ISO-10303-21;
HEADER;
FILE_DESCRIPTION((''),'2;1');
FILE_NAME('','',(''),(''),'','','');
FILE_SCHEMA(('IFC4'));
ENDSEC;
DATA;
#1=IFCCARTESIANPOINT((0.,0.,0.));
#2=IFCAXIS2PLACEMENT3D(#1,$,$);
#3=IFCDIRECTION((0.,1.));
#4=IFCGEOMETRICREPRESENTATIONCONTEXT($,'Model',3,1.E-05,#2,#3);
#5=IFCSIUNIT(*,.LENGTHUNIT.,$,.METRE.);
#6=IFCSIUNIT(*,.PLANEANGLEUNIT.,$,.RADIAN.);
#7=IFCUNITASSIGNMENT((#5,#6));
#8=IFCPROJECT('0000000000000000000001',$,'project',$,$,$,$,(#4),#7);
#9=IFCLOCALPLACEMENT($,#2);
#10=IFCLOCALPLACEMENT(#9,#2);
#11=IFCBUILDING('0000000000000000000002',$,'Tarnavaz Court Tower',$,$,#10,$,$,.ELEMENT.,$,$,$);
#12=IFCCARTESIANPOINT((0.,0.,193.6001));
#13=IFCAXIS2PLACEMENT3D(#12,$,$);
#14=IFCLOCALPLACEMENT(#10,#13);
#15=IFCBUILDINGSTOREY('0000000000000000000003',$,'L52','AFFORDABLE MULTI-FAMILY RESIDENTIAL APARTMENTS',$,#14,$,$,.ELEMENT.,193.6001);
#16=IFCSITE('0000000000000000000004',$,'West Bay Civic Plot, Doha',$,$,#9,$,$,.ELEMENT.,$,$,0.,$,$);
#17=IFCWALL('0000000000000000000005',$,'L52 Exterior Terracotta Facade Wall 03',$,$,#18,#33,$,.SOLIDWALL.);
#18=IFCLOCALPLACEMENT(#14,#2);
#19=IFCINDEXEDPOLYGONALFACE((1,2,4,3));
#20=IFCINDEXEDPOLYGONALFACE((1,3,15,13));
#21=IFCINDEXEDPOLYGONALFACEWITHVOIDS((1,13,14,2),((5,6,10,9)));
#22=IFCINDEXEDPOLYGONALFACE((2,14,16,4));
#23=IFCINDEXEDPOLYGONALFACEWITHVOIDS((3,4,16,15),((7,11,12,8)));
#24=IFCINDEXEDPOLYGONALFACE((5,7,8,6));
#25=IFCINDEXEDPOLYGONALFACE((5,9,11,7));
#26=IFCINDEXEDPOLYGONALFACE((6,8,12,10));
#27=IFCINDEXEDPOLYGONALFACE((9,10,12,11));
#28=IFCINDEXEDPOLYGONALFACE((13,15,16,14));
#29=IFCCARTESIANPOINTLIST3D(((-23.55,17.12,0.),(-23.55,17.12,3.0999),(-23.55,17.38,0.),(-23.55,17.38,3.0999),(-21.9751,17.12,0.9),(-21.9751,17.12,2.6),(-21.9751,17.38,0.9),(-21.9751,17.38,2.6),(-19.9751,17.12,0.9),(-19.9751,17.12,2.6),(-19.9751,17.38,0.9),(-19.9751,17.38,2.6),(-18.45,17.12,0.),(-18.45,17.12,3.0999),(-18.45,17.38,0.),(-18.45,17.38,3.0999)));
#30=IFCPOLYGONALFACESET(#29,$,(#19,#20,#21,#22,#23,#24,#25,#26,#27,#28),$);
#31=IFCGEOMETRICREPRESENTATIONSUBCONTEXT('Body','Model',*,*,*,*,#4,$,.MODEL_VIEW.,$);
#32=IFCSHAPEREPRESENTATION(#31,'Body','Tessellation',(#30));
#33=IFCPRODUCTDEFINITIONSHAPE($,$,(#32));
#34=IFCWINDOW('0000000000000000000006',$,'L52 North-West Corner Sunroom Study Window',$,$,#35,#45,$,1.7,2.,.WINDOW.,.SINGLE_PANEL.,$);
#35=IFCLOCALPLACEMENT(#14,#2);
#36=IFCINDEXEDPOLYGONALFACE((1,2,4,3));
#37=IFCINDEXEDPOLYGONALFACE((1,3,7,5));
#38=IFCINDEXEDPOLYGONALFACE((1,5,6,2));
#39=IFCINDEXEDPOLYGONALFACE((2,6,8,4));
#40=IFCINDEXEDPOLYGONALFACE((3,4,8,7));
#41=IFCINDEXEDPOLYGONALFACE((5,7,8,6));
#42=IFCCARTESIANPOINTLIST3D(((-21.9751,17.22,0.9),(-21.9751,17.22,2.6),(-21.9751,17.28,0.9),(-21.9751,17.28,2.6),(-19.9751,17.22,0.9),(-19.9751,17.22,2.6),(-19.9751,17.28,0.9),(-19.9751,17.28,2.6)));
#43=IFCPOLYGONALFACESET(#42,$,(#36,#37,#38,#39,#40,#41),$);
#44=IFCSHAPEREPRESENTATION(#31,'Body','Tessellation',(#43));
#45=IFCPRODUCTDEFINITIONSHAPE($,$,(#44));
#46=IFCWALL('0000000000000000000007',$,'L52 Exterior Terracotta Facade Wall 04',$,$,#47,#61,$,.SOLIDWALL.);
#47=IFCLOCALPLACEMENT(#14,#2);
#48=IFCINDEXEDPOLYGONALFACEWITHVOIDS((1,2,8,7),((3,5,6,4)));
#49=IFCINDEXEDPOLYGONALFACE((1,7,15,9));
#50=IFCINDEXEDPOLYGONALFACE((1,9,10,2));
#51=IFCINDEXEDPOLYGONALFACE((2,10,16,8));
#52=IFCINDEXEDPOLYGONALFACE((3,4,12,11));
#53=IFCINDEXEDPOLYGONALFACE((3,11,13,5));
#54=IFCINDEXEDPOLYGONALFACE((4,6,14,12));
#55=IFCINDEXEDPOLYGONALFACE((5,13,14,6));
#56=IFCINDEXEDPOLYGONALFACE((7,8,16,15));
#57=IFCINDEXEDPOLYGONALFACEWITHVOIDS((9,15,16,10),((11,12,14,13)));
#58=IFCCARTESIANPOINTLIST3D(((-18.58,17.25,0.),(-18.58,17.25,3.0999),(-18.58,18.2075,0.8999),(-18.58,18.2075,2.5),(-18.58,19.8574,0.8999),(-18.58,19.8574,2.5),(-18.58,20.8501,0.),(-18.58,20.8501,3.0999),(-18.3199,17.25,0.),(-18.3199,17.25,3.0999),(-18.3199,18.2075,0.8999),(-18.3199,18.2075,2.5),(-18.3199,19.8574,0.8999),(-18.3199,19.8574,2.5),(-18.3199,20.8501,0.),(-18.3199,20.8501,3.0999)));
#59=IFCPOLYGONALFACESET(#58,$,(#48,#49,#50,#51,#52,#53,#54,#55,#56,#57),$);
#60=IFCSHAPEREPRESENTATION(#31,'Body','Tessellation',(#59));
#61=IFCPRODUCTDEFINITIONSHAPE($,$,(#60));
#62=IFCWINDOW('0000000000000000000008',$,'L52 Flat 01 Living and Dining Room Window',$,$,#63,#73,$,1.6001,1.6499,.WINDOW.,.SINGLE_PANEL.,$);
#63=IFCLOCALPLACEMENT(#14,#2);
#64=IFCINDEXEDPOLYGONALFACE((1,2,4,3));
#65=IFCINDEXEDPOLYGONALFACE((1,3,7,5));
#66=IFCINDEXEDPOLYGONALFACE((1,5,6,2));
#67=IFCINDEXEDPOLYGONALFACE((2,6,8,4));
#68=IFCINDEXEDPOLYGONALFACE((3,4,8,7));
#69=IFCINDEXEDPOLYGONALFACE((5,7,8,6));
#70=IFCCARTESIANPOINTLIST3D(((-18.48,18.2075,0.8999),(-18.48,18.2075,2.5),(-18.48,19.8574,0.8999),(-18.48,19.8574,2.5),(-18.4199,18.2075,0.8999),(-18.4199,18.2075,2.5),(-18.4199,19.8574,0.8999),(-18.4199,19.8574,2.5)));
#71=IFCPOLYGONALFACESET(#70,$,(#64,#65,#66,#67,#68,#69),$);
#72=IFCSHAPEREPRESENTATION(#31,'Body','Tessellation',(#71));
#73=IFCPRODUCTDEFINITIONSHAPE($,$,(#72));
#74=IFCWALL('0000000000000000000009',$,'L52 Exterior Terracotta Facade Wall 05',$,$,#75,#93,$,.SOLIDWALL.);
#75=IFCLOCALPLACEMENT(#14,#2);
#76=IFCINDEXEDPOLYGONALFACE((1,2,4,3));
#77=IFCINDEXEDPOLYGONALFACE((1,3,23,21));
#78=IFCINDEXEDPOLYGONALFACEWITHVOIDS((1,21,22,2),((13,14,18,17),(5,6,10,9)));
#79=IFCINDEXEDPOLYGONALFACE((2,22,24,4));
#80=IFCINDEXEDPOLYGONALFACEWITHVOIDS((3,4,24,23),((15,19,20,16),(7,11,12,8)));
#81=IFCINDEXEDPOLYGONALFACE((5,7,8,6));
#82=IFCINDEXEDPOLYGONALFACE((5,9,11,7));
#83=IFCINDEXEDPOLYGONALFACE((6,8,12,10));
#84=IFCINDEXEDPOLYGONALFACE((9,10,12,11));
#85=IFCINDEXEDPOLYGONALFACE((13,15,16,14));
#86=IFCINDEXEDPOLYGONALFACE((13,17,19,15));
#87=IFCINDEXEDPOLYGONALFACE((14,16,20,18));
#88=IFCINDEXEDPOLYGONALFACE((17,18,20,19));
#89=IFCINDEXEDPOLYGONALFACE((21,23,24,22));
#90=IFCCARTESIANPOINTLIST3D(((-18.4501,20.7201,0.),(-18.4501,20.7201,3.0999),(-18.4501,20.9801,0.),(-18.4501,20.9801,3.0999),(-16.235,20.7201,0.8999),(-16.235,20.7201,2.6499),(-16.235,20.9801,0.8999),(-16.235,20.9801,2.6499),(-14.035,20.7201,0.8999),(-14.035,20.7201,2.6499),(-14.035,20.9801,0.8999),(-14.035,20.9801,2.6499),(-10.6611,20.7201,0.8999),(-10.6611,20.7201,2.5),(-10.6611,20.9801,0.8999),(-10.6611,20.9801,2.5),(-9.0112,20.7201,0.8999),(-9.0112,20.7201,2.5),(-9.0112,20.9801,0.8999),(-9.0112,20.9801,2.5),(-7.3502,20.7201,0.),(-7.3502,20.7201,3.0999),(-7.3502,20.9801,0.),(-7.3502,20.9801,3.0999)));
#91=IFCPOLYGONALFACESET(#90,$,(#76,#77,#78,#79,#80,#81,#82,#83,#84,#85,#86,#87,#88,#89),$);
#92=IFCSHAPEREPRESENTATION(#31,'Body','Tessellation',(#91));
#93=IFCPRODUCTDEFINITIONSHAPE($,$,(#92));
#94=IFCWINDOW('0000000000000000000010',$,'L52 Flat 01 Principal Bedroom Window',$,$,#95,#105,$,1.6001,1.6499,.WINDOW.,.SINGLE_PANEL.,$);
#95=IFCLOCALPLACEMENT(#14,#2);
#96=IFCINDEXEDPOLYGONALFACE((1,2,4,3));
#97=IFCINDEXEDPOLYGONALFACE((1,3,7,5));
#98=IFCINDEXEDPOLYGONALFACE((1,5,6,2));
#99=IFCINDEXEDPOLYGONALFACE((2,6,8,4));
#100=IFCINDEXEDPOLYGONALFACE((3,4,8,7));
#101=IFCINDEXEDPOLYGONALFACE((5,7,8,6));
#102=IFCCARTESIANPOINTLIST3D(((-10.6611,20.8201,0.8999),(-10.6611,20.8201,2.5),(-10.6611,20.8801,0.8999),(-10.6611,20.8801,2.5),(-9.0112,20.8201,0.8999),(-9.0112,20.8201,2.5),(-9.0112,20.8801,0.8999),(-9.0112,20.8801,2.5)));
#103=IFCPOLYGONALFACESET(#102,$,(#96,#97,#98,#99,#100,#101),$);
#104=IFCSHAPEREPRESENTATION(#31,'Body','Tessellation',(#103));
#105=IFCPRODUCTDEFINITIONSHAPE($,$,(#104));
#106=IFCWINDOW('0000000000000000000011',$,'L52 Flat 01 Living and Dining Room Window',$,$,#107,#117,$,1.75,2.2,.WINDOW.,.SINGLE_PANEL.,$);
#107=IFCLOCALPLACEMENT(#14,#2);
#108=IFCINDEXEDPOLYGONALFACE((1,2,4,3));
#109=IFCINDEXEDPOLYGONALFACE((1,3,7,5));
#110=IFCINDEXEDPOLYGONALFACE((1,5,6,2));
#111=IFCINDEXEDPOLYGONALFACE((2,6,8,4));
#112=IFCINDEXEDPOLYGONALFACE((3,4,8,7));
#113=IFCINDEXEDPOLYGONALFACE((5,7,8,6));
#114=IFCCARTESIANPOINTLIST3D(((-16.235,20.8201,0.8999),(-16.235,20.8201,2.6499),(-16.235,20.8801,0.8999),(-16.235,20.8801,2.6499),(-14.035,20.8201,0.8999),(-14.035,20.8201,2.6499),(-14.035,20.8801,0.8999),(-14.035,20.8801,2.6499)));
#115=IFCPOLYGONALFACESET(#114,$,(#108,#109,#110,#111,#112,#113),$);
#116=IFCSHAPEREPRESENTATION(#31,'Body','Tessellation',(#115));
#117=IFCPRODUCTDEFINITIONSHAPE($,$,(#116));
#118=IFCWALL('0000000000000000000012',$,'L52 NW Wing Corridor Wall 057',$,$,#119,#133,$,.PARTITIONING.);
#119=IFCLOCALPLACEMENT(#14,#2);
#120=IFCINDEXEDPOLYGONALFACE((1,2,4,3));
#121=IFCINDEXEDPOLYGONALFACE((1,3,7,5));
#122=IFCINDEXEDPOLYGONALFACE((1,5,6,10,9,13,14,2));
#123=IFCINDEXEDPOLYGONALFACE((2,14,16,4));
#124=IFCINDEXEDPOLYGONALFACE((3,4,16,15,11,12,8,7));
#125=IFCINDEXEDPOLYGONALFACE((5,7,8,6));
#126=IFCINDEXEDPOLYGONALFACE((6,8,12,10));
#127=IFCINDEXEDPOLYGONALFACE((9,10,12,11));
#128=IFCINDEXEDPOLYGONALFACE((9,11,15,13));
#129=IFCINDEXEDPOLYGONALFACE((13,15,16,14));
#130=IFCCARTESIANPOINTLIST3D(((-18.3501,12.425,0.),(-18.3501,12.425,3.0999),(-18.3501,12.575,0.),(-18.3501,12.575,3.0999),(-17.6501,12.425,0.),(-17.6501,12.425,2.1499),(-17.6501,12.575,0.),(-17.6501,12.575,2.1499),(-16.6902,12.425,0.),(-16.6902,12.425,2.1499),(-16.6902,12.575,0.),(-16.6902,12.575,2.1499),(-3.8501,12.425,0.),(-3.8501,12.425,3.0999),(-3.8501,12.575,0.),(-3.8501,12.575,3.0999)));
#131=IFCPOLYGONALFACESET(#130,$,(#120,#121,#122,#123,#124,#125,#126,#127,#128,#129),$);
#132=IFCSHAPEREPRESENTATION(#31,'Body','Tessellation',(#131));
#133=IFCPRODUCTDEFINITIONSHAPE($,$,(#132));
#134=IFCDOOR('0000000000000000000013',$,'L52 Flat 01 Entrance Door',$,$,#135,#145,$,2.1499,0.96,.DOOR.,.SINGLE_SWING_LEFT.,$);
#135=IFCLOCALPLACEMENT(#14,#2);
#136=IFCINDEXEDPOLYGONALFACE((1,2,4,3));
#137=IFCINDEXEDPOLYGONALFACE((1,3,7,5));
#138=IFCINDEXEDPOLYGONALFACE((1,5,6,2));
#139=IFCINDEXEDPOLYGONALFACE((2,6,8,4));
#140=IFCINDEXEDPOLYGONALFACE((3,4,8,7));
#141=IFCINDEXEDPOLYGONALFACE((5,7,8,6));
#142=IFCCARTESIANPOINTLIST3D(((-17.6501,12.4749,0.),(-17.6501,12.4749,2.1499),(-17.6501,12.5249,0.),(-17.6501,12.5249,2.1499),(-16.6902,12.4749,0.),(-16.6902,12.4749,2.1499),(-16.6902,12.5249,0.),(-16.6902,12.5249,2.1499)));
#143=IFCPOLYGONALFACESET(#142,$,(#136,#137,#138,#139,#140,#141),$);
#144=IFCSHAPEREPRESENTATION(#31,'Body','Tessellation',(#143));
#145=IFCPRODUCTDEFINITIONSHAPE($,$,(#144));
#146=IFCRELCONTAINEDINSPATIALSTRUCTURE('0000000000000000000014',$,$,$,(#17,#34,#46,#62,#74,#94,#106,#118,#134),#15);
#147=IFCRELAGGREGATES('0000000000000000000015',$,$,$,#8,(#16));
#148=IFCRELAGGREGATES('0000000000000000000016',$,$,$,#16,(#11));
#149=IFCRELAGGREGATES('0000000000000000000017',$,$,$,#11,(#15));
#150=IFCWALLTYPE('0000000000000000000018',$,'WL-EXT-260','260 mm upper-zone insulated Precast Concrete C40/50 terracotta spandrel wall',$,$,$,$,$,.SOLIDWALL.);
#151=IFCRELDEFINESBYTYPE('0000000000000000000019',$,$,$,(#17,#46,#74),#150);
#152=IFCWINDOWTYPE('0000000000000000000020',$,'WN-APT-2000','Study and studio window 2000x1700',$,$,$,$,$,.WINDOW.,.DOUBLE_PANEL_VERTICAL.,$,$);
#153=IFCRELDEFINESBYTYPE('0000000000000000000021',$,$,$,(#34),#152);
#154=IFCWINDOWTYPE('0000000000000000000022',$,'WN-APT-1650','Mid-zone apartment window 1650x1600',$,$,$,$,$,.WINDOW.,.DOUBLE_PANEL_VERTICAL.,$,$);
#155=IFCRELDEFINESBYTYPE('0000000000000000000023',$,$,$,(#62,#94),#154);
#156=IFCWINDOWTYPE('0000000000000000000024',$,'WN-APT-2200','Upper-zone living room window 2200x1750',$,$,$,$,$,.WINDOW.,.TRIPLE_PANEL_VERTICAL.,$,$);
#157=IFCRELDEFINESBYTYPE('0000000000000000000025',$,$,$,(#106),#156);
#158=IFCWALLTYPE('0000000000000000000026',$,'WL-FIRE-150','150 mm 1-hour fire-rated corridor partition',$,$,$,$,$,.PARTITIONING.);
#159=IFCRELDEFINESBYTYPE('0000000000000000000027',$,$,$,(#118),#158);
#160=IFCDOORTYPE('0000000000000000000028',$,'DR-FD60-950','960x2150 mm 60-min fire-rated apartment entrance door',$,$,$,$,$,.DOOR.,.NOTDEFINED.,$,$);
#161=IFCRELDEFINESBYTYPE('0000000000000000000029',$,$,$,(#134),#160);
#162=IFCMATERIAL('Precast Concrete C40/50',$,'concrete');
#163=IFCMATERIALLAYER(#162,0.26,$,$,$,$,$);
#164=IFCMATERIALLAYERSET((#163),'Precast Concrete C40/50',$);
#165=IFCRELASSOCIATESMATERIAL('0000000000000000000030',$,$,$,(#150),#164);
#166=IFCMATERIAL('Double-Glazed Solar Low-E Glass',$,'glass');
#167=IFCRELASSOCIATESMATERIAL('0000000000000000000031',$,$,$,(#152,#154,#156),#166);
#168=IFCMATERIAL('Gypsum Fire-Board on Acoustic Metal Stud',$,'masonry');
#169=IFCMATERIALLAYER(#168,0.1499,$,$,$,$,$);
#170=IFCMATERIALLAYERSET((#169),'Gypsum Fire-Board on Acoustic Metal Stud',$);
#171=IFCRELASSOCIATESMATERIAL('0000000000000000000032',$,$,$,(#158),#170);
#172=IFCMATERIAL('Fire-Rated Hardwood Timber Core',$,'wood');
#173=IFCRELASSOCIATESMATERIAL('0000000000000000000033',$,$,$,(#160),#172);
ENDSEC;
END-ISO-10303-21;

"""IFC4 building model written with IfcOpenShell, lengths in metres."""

from ifc_helpers import new_model, si_unit, direction, frame, frame_2d, origin, place, context, subcontext, project, spatial, rectangle, extrude, material, layer, layer_set, type_object, element, fill, save


model = new_model("IFC4")

# Units and contexts
model_context = context("Model", 3, precision=1e-05, world=origin(), true_north=direction((0.0, 1.0)))
body_context = subcontext(model_context, "Body", "Model", "MODEL_VIEW")
ifc_project = project(units=[si_unit("LENGTHUNIT", "METRE"), si_unit("PLANEANGLEUNIT", "RADIAN")], contexts=[model_context])

# Site, building, storey
site_placement = place(None, origin())
site = spatial("IfcSite", under=ifc_project, at=site_placement, Name="West Bay Civic Plot, Doha", CompositionType="ELEMENT", RefElevation=0.0)
building_placement = place(site_placement, origin())
building = spatial("IfcBuilding", under=site, at=building_placement, Name="Tarnavaz Court Tower", CompositionType="ELEMENT")
storey_placement = place(building_placement, frame((0.0, 0.0, 193.6001)))
storey = spatial("IfcBuildingStorey", under=building, at=storey_placement, Name="L52", Description="AFFORDABLE MULTI-FAMILY RESIDENTIAL APARTMENTS", CompositionType="ELEMENT", Elevation=193.6001)

# Walls, openings, windows
ifc_material_1 = material(Name="Precast Concrete C40/50", Category="concrete")
ifc_layer_1 = layer(ifc_material_1, 0.26)
ifc_layer_set_1 = layer_set([ifc_layer_1], Name="Precast Concrete C40/50")
wall_type_1 = type_object("IfcWallType", Name="WL-EXT-260", Description="260 mm upper-zone insulated Precast Concrete C40/50 terracotta spandrel wall", PredefinedType="SOLIDWALL", material=ifc_layer_set_1)
wall_1_placement = place(storey_placement, frame((-23.55, 17.25, 0.0), z_axis=(0.0, 0.0, 1.0), x_axis=(1.0, 0.0, 0.0)))
wall_1 = element("IfcWall", 1, at=wall_1_placement, inside=storey, type_object=wall_type_1, Name="L52 Exterior Terracotta Facade Wall 03", PredefinedType="SOLIDWALL", context=body_context, shape_type="SweptSolid", body=[
    extrude(rectangle(XDim=5.1001, YDim=0.26, at=frame_2d((2.55, 0.0))), origin(), (0.0, 0.0, 1.0), 3.0999),
])
opening_1_placement = place(wall_1_placement, frame((1.575, 0.0, 0.8999)))
opening_1 = element("IfcOpeningElement", 2, at=opening_1_placement, cuts=wall_1, PredefinedType="OPENING", context=body_context, shape_type="SweptSolid", body=[
    extrude(rectangle(XDim=2.0, YDim=1.7, at=frame_2d((1.0, 0.8501))), frame((0.0, 0.1399, 0.0), z_axis=(0.0, -1.0, 0.0), x_axis=(1.0, 0.0, 0.0)), (0.0, 0.0, 1.0), 0.28),
])
ifc_material_2 = material(Name="Double-Glazed Solar Low-E Glass", Category="glass")
window_type_1 = type_object("IfcWindowType", Name="WN-APT-2000", Description="Study and studio window 2000x1700", PartitioningType="DOUBLE_PANEL_VERTICAL", PredefinedType="WINDOW", material=ifc_material_2)
window_1_placement = place(opening_1_placement, origin())
window_1 = element("IfcWindow", 3, at=window_1_placement, inside=storey, type_object=window_type_1, Name="L52 North-West Corner Sunroom Study Window", OverallHeight=1.7, OverallWidth=2.0, PartitioningType="SINGLE_PANEL", PredefinedType="WINDOW", context=body_context, shape_type="SweptSolid", body=[
    extrude(rectangle(XDim=2.0, YDim=1.7, at=frame_2d((1.0, 0.8501))), frame((0.0, 0.03, 0.0), z_axis=(0.0, -1.0, 0.0), x_axis=(1.0, 0.0, 0.0)), (0.0, 0.0, 1.0), 0.0601),
])
fill(opening_1, window_1)
wall_2_placement = place(storey_placement, frame((-18.45, 17.25, 0.0), z_axis=(0.0, 0.0, 1.0), x_axis=(0.0, 1.0, 0.0)))
wall_2 = element("IfcWall", 4, at=wall_2_placement, inside=storey, type_object=wall_type_1, Name="L52 Exterior Terracotta Facade Wall 04", PredefinedType="SOLIDWALL", context=body_context, shape_type="SweptSolid", body=[
    extrude(rectangle(XDim=3.6001, YDim=0.26, at=frame_2d((1.8, 0.0))), origin(), (0.0, 0.0, 1.0), 3.0999),
])
opening_2_placement = place(wall_2_placement, frame((0.9575, 0.0, 0.8999)))
opening_2 = element("IfcOpeningElement", 5, at=opening_2_placement, cuts=wall_2, PredefinedType="OPENING", context=body_context, shape_type="SweptSolid", body=[
    extrude(rectangle(XDim=1.6499, YDim=1.6001, at=frame_2d((0.825, 0.8))), frame((0.0, 0.1399, 0.0), z_axis=(0.0, -1.0, 0.0), x_axis=(1.0, 0.0, 0.0)), (0.0, 0.0, 1.0), 0.28),
])
window_type_2 = type_object("IfcWindowType", Name="WN-APT-1650", Description="Mid-zone apartment window 1650x1600", PartitioningType="DOUBLE_PANEL_VERTICAL", PredefinedType="WINDOW", material=ifc_material_2)
window_2_placement = place(opening_2_placement, origin())
window_2 = element("IfcWindow", 6, at=window_2_placement, inside=storey, type_object=window_type_2, Name="L52 Flat 01 Living and Dining Room Window", OverallHeight=1.6001, OverallWidth=1.6499, PartitioningType="SINGLE_PANEL", PredefinedType="WINDOW", context=body_context, shape_type="SweptSolid", body=[
    extrude(rectangle(XDim=1.6499, YDim=1.6001, at=frame_2d((0.825, 0.8))), frame((0.0, 0.03, 0.0), z_axis=(0.0, -1.0, 0.0), x_axis=(1.0, 0.0, 0.0)), (0.0, 0.0, 1.0), 0.0601),
])
fill(opening_2, window_2)

# Wall, openings, windows
wall_3_placement = place(storey_placement, frame((-18.45, 20.8501, 0.0), z_axis=(0.0, 0.0, 1.0), x_axis=(1.0, 0.0, 0.0)))
wall_3 = element("IfcWall", 7, at=wall_3_placement, inside=storey, type_object=wall_type_1, Name="L52 Exterior Terracotta Facade Wall 05", PredefinedType="SOLIDWALL", context=body_context, shape_type="SweptSolid", body=[
    extrude(rectangle(XDim=11.0999, YDim=0.26, at=frame_2d((5.5498, 0.0))), origin(), (0.0, 0.0, 1.0), 3.0999),
])
opening_3_placement = place(wall_3_placement, frame((2.2148, 0.0, 0.8999)))
opening_3 = element("IfcOpeningElement", 8, at=opening_3_placement, cuts=wall_3, PredefinedType="OPENING", context=body_context, shape_type="SweptSolid", body=[
    extrude(rectangle(XDim=2.2, YDim=1.75, at=frame_2d((1.1001, 0.875))), frame((0.0, 0.1399, 0.0), z_axis=(0.0, -1.0, 0.0), x_axis=(1.0, 0.0, 0.0)), (0.0, 0.0, 1.0), 0.28),
])
opening_4_placement = place(wall_3_placement, frame((7.7888, 0.0, 0.8999)))
opening_4 = element("IfcOpeningElement", 9, at=opening_4_placement, cuts=wall_3, PredefinedType="OPENING", context=body_context, shape_type="SweptSolid", body=[
    extrude(rectangle(XDim=1.6499, YDim=1.6001, at=frame_2d((0.825, 0.8))), frame((0.0, 0.1399, 0.0), z_axis=(0.0, -1.0, 0.0), x_axis=(1.0, 0.0, 0.0)), (0.0, 0.0, 1.0), 0.28),
])
window_3_placement = place(opening_4_placement, origin())
window_3 = element("IfcWindow", 10, at=window_3_placement, inside=storey, type_object=window_type_2, Name="L52 Flat 01 Principal Bedroom Window", OverallHeight=1.6001, OverallWidth=1.6499, PartitioningType="SINGLE_PANEL", PredefinedType="WINDOW", context=body_context, shape_type="SweptSolid", body=[
    extrude(rectangle(XDim=1.6499, YDim=1.6001, at=frame_2d((0.825, 0.8))), frame((0.0, 0.03, 0.0), z_axis=(0.0, -1.0, 0.0), x_axis=(1.0, 0.0, 0.0)), (0.0, 0.0, 1.0), 0.0601),
])
fill(opening_4, window_3)
window_type_3 = type_object("IfcWindowType", Name="WN-APT-2200", Description="Upper-zone living room window 2200x1750", PartitioningType="TRIPLE_PANEL_VERTICAL", PredefinedType="WINDOW", material=ifc_material_2)
window_4_placement = place(opening_3_placement, origin())
window_4 = element("IfcWindow", 11, at=window_4_placement, inside=storey, type_object=window_type_3, Name="L52 Flat 01 Living and Dining Room Window", OverallHeight=1.75, OverallWidth=2.2, PartitioningType="SINGLE_PANEL", PredefinedType="WINDOW", context=body_context, shape_type="SweptSolid", body=[
    extrude(rectangle(XDim=2.2, YDim=1.75, at=frame_2d((1.1001, 0.875))), frame((0.0, 0.03, 0.0), z_axis=(0.0, -1.0, 0.0), x_axis=(1.0, 0.0, 0.0)), (0.0, 0.0, 1.0), 0.0601),
])
fill(opening_3, window_4)

# Wall, opening, door
ifc_material_3 = material(Name="Gypsum Fire-Board on Acoustic Metal Stud", Category="masonry")
ifc_layer_2 = layer(ifc_material_3, 0.1499)
ifc_layer_set_2 = layer_set([ifc_layer_2], Name="Gypsum Fire-Board on Acoustic Metal Stud")
wall_type_2 = type_object("IfcWallType", Name="WL-FIRE-150", Description="150 mm 1-hour fire-rated corridor partition", PredefinedType="PARTITIONING", material=ifc_layer_set_2)
wall_4_placement = place(storey_placement, frame((-18.3501, 12.5, 0.0), z_axis=(0.0, 0.0, 1.0), x_axis=(1.0, 0.0, 0.0)))
wall_4 = element("IfcWall", 12, at=wall_4_placement, inside=storey, type_object=wall_type_2, Name="L52 NW Wing Corridor Wall 057", PredefinedType="PARTITIONING", context=body_context, shape_type="SweptSolid", body=[
    extrude(rectangle(XDim=14.5, YDim=0.1499, at=frame_2d((7.25, 0.0))), origin(), (0.0, 0.0, 1.0), 3.0999),
])
opening_5_placement = place(wall_4_placement, frame((0.7, 0.0, 0.0)))
opening_5 = element("IfcOpeningElement", 13, at=opening_5_placement, cuts=wall_4, PredefinedType="OPENING", context=body_context, shape_type="SweptSolid", body=[
    extrude(rectangle(XDim=0.96, YDim=2.1499, at=frame_2d((0.48, 1.075))), frame((0.0, 0.085, 0.0), z_axis=(0.0, -1.0, 0.0), x_axis=(1.0, 0.0, 0.0)), (0.0, 0.0, 1.0), 0.1699),
])
ifc_material_4 = material(Name="Fire-Rated Hardwood Timber Core", Category="wood")
door_type_1 = type_object("IfcDoorType", Name="DR-FD60-950", Description="960x2150 mm 60-min fire-rated apartment entrance door", OperationType="NOTDEFINED", PredefinedType="DOOR", material=ifc_material_4)
door_1_placement = place(opening_5_placement, origin())
door_1 = element("IfcDoor", 14, at=door_1_placement, inside=storey, type_object=door_type_1, Name="L52 Flat 01 Entrance Door", OperationType="SINGLE_SWING_LEFT", OverallHeight=2.1499, OverallWidth=0.96, PredefinedType="DOOR", context=body_context, shape_type="SweptSolid", body=[
    extrude(rectangle(XDim=0.96, YDim=2.1499, at=frame_2d((0.48, 1.075))), frame((0.0, 0.0249, 0.0), z_axis=(0.0, -1.0, 0.0), x_axis=(1.0, 0.0, 0.0)), (0.0, 0.0, 1.0), 0.05),
])
fill(opening_5, door_1)

save(model, "model.ifc")
